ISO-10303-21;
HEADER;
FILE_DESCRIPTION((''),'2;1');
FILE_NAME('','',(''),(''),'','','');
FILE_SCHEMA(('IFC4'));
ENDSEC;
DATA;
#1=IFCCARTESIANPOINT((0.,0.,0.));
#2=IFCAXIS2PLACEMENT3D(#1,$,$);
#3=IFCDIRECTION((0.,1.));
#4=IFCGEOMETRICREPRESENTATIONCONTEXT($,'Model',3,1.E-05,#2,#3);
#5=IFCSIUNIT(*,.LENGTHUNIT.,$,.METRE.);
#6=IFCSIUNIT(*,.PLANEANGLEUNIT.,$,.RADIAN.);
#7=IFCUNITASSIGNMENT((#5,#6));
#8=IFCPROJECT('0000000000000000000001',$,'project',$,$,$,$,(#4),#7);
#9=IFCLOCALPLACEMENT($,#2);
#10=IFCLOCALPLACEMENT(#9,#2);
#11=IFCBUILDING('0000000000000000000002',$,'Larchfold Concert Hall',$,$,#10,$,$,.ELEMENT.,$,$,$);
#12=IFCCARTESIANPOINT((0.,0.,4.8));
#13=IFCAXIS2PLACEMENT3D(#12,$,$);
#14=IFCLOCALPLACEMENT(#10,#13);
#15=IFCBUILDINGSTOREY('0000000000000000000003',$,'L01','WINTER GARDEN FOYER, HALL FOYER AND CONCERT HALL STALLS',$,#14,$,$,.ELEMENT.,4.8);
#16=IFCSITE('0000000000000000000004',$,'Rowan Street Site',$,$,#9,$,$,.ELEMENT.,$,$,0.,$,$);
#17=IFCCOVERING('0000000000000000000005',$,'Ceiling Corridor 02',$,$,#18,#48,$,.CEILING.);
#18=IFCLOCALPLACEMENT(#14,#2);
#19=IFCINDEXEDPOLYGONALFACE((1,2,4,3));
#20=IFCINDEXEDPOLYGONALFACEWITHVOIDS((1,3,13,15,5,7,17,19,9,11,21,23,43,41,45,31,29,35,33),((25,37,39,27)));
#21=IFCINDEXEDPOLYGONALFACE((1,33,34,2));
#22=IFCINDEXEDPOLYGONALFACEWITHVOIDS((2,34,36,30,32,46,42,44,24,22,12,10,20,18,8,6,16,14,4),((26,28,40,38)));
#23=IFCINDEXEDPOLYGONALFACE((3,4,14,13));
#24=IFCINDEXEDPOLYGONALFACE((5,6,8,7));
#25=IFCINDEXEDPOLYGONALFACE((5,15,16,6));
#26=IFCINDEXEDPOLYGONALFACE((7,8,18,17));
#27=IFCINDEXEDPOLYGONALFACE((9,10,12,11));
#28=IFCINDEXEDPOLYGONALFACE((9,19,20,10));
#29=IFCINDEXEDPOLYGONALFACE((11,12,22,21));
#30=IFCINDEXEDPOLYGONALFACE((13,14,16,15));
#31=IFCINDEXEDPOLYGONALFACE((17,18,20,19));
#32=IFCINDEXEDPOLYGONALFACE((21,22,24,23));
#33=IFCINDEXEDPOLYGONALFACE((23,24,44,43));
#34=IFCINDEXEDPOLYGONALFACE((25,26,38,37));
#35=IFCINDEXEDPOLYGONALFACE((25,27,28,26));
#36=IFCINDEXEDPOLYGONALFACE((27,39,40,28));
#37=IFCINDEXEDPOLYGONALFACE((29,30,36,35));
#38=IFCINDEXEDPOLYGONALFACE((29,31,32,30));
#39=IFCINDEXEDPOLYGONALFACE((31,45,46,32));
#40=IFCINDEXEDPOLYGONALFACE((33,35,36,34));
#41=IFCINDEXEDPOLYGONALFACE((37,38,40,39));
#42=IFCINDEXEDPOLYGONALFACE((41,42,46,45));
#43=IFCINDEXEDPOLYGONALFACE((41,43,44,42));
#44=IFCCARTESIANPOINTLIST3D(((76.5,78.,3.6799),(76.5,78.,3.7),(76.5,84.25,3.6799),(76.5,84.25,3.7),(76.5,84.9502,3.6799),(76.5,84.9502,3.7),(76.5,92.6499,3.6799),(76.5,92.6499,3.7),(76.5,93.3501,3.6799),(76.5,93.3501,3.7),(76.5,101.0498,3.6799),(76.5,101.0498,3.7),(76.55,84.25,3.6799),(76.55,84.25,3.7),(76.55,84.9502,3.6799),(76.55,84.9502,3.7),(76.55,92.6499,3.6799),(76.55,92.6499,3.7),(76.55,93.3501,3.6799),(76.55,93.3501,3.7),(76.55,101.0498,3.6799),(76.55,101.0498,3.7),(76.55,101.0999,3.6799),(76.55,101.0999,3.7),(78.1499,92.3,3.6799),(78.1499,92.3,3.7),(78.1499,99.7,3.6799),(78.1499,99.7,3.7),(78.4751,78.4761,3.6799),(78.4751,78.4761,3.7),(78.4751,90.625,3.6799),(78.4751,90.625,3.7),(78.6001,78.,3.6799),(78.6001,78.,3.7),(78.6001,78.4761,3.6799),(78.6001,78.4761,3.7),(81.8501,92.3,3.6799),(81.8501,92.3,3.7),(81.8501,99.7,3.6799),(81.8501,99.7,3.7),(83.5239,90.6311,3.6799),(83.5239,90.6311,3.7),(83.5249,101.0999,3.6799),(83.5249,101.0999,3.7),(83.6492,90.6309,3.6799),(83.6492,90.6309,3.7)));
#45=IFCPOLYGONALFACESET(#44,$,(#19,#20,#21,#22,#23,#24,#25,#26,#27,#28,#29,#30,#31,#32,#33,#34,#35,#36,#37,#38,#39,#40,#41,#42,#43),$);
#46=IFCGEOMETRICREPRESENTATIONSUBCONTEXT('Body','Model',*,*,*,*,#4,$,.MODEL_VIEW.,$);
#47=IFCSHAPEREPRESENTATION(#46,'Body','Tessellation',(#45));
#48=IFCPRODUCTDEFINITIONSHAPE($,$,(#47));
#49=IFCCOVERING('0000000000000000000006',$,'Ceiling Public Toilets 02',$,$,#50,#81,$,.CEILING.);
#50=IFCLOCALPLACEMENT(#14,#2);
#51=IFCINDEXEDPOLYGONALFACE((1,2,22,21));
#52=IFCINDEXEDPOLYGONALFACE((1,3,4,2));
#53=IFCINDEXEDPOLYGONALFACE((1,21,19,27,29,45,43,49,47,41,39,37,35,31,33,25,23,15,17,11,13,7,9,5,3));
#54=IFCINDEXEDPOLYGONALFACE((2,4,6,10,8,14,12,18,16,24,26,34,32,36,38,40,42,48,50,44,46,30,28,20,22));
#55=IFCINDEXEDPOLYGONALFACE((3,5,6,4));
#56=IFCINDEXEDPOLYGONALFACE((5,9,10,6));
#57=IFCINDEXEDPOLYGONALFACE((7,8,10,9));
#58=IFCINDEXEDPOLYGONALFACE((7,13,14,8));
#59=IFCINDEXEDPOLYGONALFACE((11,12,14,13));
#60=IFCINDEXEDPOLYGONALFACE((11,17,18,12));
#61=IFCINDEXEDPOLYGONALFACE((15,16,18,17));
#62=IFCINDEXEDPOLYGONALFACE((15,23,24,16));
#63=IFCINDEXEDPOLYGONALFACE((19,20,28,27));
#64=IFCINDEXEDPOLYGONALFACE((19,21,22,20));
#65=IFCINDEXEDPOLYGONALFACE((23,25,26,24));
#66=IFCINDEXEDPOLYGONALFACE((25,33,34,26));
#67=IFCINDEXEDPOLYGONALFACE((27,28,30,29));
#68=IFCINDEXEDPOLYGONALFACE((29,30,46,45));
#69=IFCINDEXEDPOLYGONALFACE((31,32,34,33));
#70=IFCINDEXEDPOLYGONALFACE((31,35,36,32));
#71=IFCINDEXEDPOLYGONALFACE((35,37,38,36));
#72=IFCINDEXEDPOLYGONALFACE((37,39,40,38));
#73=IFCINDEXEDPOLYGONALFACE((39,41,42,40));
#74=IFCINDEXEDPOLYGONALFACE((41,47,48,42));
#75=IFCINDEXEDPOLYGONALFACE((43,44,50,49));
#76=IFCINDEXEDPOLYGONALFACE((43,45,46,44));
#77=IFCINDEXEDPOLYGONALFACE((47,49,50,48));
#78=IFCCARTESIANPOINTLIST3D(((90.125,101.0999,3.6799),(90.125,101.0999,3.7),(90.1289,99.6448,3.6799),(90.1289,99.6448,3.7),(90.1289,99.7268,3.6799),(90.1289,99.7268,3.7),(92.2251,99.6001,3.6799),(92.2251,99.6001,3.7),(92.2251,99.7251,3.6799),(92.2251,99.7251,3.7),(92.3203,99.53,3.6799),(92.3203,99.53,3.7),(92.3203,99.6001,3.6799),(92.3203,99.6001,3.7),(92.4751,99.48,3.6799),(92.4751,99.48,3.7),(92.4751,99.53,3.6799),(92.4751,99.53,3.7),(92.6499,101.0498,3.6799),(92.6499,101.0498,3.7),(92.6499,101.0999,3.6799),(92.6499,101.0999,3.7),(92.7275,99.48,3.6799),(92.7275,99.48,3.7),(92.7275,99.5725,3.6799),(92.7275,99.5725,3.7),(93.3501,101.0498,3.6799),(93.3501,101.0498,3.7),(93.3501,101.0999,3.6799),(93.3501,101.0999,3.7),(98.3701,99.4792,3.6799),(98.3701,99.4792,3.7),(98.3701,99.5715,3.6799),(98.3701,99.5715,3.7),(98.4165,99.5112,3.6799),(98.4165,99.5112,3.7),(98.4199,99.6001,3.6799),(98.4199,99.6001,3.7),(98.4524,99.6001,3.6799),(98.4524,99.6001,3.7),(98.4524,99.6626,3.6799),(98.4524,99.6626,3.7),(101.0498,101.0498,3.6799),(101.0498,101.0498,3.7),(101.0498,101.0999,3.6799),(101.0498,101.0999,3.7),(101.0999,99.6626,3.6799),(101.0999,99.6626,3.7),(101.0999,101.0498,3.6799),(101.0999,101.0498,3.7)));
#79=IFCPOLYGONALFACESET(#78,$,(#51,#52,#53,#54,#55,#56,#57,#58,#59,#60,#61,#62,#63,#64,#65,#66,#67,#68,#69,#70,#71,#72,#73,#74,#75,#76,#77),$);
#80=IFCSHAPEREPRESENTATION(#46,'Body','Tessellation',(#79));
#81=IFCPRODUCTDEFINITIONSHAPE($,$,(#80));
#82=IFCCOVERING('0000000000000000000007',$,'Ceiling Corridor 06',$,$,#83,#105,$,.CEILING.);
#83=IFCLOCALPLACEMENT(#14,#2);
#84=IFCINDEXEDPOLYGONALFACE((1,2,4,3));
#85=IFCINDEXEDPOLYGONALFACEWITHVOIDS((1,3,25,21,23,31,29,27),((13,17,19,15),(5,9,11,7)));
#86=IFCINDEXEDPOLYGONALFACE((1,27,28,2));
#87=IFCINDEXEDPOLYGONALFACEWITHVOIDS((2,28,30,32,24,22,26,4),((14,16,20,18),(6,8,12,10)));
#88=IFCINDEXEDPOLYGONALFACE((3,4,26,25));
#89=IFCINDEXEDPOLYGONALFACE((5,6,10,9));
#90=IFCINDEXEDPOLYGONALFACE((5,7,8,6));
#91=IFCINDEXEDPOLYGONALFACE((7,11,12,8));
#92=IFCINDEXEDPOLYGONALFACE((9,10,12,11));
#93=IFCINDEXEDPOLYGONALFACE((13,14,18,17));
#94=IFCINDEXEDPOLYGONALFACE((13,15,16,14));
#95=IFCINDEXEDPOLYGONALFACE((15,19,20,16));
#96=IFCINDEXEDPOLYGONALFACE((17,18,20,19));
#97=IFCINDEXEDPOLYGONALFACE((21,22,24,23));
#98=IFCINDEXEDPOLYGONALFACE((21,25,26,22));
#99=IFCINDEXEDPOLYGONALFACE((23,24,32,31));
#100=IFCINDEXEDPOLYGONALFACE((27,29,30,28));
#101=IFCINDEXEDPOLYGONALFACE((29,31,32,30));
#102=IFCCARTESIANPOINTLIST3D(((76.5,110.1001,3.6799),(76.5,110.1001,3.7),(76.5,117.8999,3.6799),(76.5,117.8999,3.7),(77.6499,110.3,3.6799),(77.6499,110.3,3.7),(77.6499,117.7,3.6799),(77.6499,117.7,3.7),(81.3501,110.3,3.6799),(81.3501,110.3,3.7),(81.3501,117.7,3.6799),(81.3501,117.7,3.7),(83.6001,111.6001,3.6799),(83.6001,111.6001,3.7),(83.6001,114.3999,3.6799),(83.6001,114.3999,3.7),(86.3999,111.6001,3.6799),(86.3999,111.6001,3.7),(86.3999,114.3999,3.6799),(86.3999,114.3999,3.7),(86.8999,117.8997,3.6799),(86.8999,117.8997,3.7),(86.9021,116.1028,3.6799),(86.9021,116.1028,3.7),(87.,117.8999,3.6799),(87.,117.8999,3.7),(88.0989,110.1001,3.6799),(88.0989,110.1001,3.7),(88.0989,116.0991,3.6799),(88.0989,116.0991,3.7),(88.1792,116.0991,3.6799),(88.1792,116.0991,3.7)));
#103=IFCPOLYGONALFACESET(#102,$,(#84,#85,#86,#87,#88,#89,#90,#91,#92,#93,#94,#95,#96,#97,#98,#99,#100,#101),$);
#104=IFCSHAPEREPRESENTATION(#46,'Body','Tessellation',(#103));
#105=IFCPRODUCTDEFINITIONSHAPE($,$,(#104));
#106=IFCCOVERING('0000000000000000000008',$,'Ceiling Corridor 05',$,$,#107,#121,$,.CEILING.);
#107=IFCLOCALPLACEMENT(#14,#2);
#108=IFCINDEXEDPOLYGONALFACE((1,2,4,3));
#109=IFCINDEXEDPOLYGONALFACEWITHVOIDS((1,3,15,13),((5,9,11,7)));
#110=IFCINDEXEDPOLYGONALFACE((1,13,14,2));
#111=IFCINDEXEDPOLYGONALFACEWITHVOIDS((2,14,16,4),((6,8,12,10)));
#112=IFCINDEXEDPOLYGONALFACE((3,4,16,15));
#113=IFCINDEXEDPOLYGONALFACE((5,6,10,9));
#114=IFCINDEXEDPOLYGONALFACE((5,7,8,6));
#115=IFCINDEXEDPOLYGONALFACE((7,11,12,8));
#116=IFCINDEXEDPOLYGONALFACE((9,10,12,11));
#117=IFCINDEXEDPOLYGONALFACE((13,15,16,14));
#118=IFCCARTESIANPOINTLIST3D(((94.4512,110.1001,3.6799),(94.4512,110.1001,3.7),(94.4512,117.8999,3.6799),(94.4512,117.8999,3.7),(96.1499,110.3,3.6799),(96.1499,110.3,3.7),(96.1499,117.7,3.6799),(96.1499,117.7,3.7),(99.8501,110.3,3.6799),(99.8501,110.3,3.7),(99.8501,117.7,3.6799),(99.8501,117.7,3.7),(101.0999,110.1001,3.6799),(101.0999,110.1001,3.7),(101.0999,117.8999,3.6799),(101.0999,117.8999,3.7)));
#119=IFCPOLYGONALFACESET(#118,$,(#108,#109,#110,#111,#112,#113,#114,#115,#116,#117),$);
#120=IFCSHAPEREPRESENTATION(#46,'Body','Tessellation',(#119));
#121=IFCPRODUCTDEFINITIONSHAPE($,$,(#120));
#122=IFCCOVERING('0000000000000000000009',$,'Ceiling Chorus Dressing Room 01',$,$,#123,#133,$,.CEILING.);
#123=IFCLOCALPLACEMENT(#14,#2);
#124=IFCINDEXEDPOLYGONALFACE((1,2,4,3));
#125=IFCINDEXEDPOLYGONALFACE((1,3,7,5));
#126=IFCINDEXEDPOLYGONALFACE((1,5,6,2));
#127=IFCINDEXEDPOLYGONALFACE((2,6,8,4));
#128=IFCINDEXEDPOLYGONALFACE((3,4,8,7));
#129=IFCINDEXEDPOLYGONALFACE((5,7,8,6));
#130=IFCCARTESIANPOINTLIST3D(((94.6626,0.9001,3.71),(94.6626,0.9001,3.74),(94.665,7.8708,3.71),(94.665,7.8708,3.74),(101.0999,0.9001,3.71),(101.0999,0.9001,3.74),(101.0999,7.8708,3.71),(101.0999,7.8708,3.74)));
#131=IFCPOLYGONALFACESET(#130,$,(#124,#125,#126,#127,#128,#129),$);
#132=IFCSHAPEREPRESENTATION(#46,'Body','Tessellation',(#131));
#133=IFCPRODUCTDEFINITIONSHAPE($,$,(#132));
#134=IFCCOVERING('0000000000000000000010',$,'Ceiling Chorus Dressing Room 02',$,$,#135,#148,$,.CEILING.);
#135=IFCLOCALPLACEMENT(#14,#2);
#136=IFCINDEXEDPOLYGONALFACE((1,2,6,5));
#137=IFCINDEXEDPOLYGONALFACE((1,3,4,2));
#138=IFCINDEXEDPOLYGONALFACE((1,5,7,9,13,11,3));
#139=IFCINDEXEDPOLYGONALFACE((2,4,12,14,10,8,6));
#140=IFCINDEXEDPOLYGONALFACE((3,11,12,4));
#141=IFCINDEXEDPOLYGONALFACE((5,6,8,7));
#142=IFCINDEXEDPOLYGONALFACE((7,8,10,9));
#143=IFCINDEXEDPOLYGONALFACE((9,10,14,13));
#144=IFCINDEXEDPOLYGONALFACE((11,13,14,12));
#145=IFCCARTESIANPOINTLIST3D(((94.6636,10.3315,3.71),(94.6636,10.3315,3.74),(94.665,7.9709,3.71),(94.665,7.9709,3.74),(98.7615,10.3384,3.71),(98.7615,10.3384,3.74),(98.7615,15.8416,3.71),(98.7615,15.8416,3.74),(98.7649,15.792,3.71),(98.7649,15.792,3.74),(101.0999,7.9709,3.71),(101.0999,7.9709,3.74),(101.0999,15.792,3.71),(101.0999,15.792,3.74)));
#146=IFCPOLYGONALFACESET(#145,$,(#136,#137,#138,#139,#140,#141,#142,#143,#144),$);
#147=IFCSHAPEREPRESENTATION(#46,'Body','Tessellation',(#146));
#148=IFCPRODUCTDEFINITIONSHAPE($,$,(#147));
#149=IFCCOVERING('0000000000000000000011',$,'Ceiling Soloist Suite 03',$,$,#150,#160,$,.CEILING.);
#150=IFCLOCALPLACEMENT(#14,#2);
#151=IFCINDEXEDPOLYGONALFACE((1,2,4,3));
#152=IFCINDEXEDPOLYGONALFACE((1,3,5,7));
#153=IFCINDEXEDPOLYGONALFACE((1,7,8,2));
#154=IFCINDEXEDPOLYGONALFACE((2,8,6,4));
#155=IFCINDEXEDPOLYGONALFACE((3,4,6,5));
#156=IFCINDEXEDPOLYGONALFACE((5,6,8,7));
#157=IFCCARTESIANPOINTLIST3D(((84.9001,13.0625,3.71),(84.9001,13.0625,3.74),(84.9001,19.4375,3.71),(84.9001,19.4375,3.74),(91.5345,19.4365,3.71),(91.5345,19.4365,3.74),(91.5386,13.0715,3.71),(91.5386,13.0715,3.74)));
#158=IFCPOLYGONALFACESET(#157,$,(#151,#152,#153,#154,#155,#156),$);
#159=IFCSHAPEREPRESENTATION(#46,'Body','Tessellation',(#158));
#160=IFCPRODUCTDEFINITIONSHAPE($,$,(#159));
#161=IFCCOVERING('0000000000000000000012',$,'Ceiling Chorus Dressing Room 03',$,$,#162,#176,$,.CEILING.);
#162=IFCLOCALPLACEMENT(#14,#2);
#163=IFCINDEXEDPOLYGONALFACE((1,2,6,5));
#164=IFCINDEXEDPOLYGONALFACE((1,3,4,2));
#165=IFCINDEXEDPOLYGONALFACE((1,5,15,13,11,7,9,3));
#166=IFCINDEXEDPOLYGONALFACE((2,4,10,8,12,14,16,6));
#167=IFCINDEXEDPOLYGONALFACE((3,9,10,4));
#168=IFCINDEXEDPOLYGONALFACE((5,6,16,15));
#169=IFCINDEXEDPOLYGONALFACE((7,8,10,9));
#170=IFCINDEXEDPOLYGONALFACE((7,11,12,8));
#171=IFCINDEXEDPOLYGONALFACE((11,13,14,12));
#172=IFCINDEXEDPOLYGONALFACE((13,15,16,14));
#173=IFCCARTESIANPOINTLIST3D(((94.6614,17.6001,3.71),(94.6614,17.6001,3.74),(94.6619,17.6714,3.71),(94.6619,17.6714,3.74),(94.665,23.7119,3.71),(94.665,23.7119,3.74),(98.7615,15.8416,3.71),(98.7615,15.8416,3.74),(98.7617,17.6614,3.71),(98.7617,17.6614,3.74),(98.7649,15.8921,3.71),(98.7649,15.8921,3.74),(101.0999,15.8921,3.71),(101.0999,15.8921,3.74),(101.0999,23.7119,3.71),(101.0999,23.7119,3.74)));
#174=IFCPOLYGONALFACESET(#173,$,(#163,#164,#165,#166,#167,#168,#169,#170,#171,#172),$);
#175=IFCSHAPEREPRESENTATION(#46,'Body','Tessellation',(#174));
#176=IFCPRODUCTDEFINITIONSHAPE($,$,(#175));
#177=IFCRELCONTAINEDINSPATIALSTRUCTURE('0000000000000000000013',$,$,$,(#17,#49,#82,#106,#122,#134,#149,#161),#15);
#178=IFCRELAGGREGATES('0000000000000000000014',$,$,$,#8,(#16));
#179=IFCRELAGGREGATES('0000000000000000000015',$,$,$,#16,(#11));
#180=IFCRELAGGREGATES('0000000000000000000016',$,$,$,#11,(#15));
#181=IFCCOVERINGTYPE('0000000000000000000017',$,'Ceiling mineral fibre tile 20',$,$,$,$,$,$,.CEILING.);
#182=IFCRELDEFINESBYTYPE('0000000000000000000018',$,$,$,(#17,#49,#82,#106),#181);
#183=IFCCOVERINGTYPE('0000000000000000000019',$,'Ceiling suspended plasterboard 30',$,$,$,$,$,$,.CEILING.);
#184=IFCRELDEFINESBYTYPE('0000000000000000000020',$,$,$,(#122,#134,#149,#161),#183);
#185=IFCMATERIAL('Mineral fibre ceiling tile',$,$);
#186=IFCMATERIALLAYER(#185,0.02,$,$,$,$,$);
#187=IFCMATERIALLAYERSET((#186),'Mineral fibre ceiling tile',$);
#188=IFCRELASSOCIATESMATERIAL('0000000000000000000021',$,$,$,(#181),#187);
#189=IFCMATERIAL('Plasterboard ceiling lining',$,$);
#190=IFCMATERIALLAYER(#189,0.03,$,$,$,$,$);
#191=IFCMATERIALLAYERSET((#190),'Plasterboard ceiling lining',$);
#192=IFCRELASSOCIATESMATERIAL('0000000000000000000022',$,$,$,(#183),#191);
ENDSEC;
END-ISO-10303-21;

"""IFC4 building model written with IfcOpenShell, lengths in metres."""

from ifc_helpers import new_model, si_unit, direction, frame, origin, place, context, subcontext, project, spatial, polyline, outline, extrude, material, layer, layer_set, type_object, element, save


model = new_model("IFC4")

# Units and contexts
model_context = context("Model", 3, precision=1e-05, world=origin(), true_north=direction((0.0, 1.0)))
body_context = subcontext(model_context, "Body", "Model", "MODEL_VIEW")
ifc_project = project(units=[si_unit("LENGTHUNIT", "METRE"), si_unit("PLANEANGLEUNIT", "RADIAN")], contexts=[model_context])

# Site, building, storey
site_placement = place(None, origin())
site = spatial("IfcSite", under=ifc_project, at=site_placement, Name="Rowan Street Site", CompositionType="ELEMENT", RefElevation=0.0)
building_placement = place(site_placement, origin())
building = spatial("IfcBuilding", under=site, at=building_placement, Name="Larchfold Concert Hall", CompositionType="ELEMENT")
storey_placement = place(building_placement, frame((0.0, 0.0, 4.8)))
storey = spatial("IfcBuildingStorey", under=building, at=storey_placement, Name="L01", Description="WINTER GARDEN FOYER, HALL FOYER AND CONCERT HALL STALLS", CompositionType="ELEMENT", Elevation=4.8)

# Coverings
ifc_material_1 = material(Name="Mineral fibre ceiling tile")
ifc_layer_1 = layer(ifc_material_1, 0.02)
ifc_layer_set_1 = layer_set([ifc_layer_1], Name="Mineral fibre ceiling tile")
covering_type_1 = type_object("IfcCoveringType", Name="Ceiling mineral fibre tile 20", PredefinedType="CEILING", material=ifc_layer_set_1)
covering_1_placement = place(storey_placement, frame((0.0, 0.0, 3.6799)))
element("IfcCovering", 1, at=covering_1_placement, inside=storey, type_object=covering_type_1, Name="Ceiling Corridor 02", PredefinedType="CEILING", context=body_context, shape_type="SweptSolid", body=[
    extrude(outline(polyline([(78.6001, 78.0), (78.6001, 78.4761), (78.4751, 78.4761), (78.4751, 90.625), (83.6492, 90.6309), (83.5239, 90.6311), (83.5249, 101.0999), (76.55, 101.0999), (76.55, 101.0498), (76.5, 101.0498), (76.5, 93.3501), (76.55, 93.3501), (76.55, 92.6499), (76.5, 92.6499), (76.5, 84.9502), (76.55, 84.9502), (76.55, 84.25), (76.5, 84.25), (76.5, 78.0), (78.6001, 78.0)]), holes=[polyline([(81.8501, 99.7), (81.8501, 92.3), (78.1499, 92.3), (78.1499, 99.7), (81.8501, 99.7)])]), origin(), (0.0, 0.0, 1.0), 0.02),
])
covering_2_placement = place(storey_placement, frame((0.0, 0.0, 3.6799)))
element("IfcCovering", 2, at=covering_2_placement, inside=storey, type_object=covering_type_1, Name="Ceiling Public Toilets 02", PredefinedType="CEILING", context=body_context, shape_type="SweptSolid", body=[
    extrude(outline(polyline([(90.1289, 99.6448), (90.1289, 99.7268), (92.2251, 99.7251), (92.2251, 99.6001), (92.3203, 99.6001), (92.3203, 99.53), (92.4751, 99.53), (92.4751, 99.48), (92.7275, 99.48), (92.7275, 99.5725), (98.3701, 99.5715), (98.3701, 99.4792), (98.4165, 99.5112), (98.4199, 99.6001), (98.4524, 99.6001), (98.4524, 99.6626), (101.0999, 99.6626), (101.0999, 101.0498), (101.0498, 101.0498), (101.0498, 101.0999), (93.3501, 101.0999), (93.3501, 101.0498), (92.6499, 101.0498), (92.6499, 101.0999), (90.125, 101.0999), (90.1289, 99.6448)])), origin(), (0.0, 0.0, 1.0), 0.02),
])
covering_3_placement = place(storey_placement, frame((0.0, 0.0, 3.6799)))
element("IfcCovering", 3, at=covering_3_placement, inside=storey, type_object=covering_type_1, Name="Ceiling Corridor 06", PredefinedType="CEILING", context=body_context, shape_type="SweptSolid", body=[
    extrude(outline(polyline([(76.5, 117.8999), (76.5, 110.1001), (88.0989, 110.1001), (88.0989, 116.0991), (88.1792, 116.0991), (86.9021, 116.1028), (86.8999, 117.8997), (87.0, 117.8999), (76.5, 117.8999)]), holes=[polyline([(86.3999, 111.6001), (83.6001, 111.6001), (83.6001, 114.3999), (86.3999, 114.3999), (86.3999, 111.6001)]), polyline([(77.6499, 110.3), (77.6499, 117.7), (81.3501, 117.7), (81.3501, 110.3), (77.6499, 110.3)])]), origin(), (0.0, 0.0, 1.0), 0.02),
])
covering_4_placement = place(storey_placement, frame((0.0, 0.0, 3.6799)))
element("IfcCovering", 4, at=covering_4_placement, inside=storey, type_object=covering_type_1, Name="Ceiling Corridor 05", PredefinedType="CEILING", context=body_context, shape_type="SweptSolid", body=[
    extrude(outline(polyline([(94.4512, 110.1001), (101.0999, 110.1001), (101.0999, 117.8999), (94.4512, 117.8999), (94.4512, 110.1001)]), holes=[polyline([(99.8501, 117.7), (99.8501, 110.3), (96.1499, 110.3), (96.1499, 117.7), (99.8501, 117.7)])]), origin(), (0.0, 0.0, 1.0), 0.02),
])
ifc_material_2 = material(Name="Plasterboard ceiling lining")
ifc_layer_2 = layer(ifc_material_2, 0.03)
ifc_layer_set_2 = layer_set([ifc_layer_2], Name="Plasterboard ceiling lining")
covering_type_2 = type_object("IfcCoveringType", Name="Ceiling suspended plasterboard 30", PredefinedType="CEILING", material=ifc_layer_set_2)
covering_5_placement = place(storey_placement, frame((0.0, 0.0, 3.71)))
element("IfcCovering", 5, at=covering_5_placement, inside=storey, type_object=covering_type_2, Name="Ceiling Chorus Dressing Room 01", PredefinedType="CEILING", context=body_context, shape_type="SweptSolid", body=[
    extrude(outline(polyline([(94.665, 7.9209), (94.6626, 0.9001), (101.0999, 0.9001), (101.0999, 7.8708), (94.665, 7.8708), (94.665, 7.9209)])), origin(), (0.0, 0.0, 1.0), 0.03),
])
covering_6_placement = place(storey_placement, frame((0.0, 0.0, 3.71)))
element("IfcCovering", 6, at=covering_6_placement, inside=storey, type_object=covering_type_2, Name="Ceiling Chorus Dressing Room 02", PredefinedType="CEILING", context=body_context, shape_type="SweptSolid", body=[
    extrude(outline(polyline([(94.665, 7.9209), (94.665, 7.9709), (101.0999, 7.9709), (101.0999, 15.792), (98.7649, 15.792), (98.7615, 15.8416), (98.7615, 10.3384), (94.6636, 10.3315), (94.665, 7.9209)])), origin(), (0.0, 0.0, 1.0), 0.03),
])
covering_7_placement = place(storey_placement, frame((0.0, 0.0, 3.71)))
element("IfcCovering", 7, at=covering_7_placement, inside=storey, type_object=covering_type_2, Name="Ceiling Soloist Suite 03", PredefinedType="CEILING", context=body_context, shape_type="SweptSolid", body=[
    extrude(outline(polyline([(91.5344, 19.5), (91.5344, 19.4365), (84.9001, 19.4375), (84.9001, 13.0625), (91.6001, 13.0715), (91.5386, 13.0715), (91.5344, 19.5)])), origin(), (0.0, 0.0, 1.0), 0.03),
])
covering_8_placement = place(storey_placement, frame((0.0, 0.0, 3.71)))
element("IfcCovering", 8, at=covering_8_placement, inside=storey, type_object=covering_type_2, Name="Ceiling Chorus Dressing Room 03", PredefinedType="CEILING", context=body_context, shape_type="SweptSolid", body=[
    extrude(outline(polyline([(94.6614, 17.6001), (94.6619, 17.6714), (98.7617, 17.6614), (98.7615, 15.8416), (98.7649, 15.8921), (101.0999, 15.8921), (101.0999, 23.7119), (94.665, 23.7119), (94.665, 23.7625), (94.6614, 17.6001)])), origin(), (0.0, 0.0, 1.0), 0.03),
])

save(model, "model.ifc")
